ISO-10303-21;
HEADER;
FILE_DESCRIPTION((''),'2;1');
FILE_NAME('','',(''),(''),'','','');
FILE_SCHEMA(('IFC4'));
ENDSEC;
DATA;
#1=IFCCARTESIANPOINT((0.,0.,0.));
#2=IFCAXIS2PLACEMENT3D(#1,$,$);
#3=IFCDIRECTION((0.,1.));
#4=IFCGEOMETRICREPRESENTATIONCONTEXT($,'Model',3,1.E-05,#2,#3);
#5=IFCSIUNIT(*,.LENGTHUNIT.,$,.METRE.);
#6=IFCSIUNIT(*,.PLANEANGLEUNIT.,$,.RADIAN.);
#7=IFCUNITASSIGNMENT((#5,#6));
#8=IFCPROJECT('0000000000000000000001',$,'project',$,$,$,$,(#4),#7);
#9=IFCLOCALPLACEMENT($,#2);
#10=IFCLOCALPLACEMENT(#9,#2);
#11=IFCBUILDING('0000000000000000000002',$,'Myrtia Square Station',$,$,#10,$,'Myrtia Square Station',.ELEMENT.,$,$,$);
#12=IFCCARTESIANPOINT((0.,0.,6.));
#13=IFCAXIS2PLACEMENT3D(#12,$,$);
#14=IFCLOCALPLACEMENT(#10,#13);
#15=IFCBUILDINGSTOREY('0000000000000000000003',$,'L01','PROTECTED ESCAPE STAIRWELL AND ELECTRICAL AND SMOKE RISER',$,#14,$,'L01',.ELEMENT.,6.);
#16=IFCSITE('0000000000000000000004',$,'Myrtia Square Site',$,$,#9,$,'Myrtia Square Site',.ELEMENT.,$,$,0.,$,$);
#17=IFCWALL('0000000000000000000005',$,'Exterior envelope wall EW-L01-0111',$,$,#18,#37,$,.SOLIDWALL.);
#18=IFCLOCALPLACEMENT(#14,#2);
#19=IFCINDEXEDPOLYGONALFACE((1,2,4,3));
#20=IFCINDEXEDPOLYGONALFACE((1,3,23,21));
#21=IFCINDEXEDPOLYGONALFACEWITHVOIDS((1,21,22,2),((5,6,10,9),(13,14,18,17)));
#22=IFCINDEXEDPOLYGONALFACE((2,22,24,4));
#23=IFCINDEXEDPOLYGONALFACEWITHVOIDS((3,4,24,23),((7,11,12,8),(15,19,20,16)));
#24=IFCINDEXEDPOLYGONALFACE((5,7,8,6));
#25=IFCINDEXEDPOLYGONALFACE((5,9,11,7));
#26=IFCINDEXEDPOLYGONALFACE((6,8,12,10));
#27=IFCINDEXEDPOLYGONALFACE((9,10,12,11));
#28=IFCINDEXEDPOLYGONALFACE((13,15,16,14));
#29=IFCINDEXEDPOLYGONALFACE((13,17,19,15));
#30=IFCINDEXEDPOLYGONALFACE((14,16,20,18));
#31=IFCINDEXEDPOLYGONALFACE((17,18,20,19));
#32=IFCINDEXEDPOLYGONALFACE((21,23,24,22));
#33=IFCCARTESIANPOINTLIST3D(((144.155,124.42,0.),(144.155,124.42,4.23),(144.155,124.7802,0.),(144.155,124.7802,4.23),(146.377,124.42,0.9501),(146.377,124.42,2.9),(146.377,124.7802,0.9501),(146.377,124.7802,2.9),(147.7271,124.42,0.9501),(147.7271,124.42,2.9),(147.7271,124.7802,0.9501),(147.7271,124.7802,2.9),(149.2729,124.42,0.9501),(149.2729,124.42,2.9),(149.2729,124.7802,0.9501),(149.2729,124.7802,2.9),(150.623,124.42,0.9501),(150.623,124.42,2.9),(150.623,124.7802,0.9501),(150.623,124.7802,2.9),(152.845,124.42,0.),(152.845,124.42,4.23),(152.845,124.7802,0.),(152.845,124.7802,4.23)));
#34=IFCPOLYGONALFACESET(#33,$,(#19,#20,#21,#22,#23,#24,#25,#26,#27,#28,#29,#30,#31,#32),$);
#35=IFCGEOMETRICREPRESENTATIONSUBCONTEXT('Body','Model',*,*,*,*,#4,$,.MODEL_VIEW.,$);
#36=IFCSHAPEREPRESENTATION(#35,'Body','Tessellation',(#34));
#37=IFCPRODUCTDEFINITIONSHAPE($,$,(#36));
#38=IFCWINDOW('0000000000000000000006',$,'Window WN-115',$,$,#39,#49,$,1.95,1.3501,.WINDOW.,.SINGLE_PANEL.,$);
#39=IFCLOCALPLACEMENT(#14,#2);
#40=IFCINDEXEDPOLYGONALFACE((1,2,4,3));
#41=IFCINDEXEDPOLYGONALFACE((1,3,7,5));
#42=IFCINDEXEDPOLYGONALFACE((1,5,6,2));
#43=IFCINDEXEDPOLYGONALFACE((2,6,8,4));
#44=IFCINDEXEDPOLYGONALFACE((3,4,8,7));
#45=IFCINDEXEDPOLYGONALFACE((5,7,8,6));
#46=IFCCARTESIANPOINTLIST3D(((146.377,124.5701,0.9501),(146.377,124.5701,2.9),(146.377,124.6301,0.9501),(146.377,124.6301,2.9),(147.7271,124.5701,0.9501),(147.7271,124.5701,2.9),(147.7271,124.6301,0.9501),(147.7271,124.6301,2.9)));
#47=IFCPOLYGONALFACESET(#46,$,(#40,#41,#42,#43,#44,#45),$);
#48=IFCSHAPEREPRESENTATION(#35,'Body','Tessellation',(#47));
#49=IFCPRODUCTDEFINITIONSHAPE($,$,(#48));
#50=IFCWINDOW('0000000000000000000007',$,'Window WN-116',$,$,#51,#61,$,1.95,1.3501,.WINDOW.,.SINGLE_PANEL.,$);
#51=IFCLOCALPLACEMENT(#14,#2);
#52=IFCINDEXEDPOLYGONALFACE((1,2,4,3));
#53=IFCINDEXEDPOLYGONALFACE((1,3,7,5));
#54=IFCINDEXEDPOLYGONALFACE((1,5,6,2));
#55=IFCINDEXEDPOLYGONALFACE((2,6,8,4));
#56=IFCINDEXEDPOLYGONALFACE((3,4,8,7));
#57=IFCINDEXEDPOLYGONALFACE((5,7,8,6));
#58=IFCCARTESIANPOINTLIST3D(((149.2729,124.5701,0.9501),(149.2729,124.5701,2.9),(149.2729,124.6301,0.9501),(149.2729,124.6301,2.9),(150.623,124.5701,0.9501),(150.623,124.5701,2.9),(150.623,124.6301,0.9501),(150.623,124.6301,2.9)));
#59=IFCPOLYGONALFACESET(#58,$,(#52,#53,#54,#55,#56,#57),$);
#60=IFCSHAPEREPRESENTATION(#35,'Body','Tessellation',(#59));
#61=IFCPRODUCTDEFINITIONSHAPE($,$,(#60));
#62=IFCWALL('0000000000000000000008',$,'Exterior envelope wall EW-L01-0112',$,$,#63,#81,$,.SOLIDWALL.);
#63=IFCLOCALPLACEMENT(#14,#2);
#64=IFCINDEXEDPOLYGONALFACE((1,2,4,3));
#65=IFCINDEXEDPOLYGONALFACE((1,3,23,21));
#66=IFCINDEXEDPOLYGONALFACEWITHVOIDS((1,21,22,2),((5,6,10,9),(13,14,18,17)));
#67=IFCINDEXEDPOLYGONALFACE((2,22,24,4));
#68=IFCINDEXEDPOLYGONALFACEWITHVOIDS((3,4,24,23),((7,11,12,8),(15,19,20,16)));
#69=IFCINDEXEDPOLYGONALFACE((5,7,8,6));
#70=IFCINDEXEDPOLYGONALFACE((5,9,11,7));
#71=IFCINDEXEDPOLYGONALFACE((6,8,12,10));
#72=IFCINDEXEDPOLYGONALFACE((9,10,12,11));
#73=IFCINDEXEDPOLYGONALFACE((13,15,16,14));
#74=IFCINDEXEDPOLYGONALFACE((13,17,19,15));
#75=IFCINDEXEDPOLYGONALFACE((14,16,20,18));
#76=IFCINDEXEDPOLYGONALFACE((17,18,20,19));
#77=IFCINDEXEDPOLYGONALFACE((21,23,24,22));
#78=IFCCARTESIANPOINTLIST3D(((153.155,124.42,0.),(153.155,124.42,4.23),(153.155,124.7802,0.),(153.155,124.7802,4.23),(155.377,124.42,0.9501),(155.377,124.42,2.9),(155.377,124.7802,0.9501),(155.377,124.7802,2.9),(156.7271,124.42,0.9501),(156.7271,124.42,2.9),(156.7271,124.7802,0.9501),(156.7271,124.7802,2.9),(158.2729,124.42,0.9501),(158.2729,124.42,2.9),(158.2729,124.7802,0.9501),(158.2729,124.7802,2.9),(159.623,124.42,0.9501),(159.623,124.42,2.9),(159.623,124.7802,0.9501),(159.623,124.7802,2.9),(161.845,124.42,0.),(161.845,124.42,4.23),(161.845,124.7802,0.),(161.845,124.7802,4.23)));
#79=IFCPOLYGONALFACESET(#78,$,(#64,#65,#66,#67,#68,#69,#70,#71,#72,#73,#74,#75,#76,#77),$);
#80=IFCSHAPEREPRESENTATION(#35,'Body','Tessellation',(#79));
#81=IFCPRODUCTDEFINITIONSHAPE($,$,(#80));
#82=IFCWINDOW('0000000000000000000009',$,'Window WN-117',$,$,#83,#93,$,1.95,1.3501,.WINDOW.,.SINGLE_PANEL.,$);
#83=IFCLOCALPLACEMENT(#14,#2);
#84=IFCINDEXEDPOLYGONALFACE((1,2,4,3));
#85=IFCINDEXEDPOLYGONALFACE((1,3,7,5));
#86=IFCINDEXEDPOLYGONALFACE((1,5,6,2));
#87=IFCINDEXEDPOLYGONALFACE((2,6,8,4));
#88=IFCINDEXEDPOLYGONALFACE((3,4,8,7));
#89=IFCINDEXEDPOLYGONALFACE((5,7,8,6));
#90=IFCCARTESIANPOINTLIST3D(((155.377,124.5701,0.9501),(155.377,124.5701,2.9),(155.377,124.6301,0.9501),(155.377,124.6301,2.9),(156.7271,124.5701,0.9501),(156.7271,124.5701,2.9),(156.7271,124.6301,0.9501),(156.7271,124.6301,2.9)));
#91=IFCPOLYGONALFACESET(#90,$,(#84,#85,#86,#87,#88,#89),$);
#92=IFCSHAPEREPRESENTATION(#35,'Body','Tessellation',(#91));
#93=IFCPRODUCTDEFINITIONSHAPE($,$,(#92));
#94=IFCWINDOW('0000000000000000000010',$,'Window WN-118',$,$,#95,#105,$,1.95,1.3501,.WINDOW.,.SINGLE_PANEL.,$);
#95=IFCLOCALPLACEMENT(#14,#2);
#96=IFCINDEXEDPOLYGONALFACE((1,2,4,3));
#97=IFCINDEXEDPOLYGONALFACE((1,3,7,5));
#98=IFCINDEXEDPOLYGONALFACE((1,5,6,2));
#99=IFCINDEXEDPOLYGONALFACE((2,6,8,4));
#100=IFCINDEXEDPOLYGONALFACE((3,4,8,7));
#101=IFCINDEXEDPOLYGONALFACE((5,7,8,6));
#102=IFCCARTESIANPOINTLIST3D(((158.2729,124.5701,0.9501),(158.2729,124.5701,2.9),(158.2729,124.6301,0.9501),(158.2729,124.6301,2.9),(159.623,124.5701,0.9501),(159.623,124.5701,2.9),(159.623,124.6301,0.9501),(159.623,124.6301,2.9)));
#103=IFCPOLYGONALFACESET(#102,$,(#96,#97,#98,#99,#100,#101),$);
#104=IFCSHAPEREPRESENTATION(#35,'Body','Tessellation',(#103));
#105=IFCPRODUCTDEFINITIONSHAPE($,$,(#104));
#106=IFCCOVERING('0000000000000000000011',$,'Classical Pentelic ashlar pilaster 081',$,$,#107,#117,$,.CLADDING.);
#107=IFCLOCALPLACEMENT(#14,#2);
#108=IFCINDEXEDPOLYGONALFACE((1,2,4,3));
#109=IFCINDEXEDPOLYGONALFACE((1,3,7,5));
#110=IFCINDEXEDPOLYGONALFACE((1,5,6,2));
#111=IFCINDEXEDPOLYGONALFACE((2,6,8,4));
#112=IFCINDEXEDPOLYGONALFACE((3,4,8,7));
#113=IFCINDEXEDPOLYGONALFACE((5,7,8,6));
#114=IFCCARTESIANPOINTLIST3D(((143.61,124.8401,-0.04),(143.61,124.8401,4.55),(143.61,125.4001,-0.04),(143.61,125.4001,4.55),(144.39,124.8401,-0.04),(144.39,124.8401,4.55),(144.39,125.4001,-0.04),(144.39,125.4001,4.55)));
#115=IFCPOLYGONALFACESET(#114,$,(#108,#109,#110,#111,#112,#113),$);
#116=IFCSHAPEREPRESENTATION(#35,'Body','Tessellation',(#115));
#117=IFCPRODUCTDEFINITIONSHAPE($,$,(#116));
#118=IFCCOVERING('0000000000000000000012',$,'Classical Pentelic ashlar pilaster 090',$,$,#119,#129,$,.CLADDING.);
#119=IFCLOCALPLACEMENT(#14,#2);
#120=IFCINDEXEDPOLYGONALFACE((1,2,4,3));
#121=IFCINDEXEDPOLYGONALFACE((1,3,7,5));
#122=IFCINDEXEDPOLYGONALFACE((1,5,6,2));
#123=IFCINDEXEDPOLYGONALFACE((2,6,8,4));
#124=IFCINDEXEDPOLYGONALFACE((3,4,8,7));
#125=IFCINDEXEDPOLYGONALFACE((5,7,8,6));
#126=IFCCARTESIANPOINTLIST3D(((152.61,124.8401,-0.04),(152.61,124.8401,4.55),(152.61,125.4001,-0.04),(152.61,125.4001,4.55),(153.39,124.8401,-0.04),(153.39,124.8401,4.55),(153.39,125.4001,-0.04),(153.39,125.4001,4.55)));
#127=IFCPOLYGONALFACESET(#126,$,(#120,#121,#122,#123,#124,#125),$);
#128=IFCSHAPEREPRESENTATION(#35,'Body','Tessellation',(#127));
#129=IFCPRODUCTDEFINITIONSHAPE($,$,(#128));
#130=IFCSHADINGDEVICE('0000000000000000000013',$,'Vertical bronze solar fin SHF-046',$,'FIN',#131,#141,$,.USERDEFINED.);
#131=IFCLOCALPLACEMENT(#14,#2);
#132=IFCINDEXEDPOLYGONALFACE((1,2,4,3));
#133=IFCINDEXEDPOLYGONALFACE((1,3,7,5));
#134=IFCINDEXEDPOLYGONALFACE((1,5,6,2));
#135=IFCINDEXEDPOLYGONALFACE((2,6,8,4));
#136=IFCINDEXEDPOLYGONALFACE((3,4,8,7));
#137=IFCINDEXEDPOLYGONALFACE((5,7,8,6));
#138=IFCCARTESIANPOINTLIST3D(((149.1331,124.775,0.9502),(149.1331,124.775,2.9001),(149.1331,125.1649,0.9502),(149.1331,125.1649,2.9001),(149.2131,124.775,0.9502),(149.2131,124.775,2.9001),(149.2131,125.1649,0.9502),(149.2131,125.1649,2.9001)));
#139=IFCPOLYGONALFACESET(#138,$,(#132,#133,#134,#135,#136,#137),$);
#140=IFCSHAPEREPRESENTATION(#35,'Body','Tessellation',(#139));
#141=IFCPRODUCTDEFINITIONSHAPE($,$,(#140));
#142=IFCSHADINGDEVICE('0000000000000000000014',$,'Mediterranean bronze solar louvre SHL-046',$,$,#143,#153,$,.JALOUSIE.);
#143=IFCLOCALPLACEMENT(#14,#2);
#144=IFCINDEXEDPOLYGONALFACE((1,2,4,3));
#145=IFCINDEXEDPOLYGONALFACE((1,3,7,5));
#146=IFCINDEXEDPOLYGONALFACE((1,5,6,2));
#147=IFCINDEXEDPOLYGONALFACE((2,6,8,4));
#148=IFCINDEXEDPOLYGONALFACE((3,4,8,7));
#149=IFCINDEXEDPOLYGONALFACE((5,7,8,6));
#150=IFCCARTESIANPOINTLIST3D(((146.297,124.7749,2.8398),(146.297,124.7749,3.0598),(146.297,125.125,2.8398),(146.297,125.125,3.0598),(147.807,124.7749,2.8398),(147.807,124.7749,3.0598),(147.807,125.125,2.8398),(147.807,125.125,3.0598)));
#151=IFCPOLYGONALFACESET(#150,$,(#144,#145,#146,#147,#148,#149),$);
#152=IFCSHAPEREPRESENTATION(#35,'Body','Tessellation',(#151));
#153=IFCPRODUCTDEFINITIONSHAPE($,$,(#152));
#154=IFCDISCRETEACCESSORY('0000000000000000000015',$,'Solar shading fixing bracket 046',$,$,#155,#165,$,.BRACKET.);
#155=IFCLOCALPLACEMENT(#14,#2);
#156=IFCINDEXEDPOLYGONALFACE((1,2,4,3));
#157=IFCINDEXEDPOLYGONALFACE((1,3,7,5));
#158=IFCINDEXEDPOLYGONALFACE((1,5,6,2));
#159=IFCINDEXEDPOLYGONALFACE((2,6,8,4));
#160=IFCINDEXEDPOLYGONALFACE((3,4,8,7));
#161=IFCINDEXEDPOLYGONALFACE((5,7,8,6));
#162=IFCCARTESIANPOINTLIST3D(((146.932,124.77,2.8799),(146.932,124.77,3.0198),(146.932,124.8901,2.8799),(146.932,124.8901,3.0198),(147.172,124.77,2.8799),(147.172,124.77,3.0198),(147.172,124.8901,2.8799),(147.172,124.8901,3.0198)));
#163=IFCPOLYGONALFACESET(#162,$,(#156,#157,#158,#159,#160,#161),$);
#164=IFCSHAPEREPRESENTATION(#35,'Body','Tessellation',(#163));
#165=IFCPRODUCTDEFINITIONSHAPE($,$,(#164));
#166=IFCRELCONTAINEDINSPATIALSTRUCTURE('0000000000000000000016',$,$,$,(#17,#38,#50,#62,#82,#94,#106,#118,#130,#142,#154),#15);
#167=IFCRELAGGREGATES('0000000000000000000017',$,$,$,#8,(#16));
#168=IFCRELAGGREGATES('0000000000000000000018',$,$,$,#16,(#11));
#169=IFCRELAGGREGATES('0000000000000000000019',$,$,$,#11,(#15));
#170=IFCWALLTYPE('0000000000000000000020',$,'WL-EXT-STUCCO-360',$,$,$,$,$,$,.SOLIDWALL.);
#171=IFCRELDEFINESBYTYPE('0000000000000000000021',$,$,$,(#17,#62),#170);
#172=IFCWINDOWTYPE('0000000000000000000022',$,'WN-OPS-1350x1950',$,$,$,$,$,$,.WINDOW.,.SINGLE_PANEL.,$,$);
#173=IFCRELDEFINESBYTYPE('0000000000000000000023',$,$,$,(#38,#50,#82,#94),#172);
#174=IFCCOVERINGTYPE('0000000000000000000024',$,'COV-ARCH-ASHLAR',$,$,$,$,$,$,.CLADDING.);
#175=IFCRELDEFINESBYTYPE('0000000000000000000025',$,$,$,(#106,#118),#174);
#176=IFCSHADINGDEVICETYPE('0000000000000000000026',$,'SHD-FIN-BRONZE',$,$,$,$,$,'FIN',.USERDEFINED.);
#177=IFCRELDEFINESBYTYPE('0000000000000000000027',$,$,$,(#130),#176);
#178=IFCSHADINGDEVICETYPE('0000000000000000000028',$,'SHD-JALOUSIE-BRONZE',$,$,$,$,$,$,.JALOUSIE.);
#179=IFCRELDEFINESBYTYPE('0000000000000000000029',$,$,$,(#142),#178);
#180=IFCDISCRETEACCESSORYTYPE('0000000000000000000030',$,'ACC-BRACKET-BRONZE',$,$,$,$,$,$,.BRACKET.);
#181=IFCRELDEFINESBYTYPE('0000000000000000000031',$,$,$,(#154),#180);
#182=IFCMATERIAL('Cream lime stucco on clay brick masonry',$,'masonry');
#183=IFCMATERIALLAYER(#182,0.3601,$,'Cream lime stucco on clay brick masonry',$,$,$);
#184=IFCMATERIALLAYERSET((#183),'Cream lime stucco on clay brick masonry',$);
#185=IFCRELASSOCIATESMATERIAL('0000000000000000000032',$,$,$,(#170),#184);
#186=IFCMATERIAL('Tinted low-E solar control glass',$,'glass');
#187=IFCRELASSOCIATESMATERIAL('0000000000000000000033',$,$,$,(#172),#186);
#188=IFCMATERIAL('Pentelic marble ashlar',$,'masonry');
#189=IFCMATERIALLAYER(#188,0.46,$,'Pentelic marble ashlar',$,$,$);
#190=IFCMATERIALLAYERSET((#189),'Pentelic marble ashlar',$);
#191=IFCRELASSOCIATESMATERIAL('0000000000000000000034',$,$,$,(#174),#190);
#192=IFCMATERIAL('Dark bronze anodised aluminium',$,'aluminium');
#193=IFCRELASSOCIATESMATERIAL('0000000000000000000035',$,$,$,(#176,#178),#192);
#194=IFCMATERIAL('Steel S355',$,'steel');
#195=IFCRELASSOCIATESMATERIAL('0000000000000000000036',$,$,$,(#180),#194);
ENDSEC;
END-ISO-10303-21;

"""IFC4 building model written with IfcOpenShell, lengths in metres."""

from ifc_helpers import new_model, si_unit, direction, frame, frame_2d, origin, origin_2d, place, context, subcontext, project, spatial, rectangle, extrude, material, layer, layer_set, type_object, element, fill, save


model = new_model("IFC4")

# Units and contexts
model_context = context("Model", 3, precision=1e-05, world=origin(), true_north=direction((0.0, 1.0)))
body_context = subcontext(model_context, "Body", "Model", "MODEL_VIEW")
ifc_project = project(units=[si_unit("LENGTHUNIT", "METRE"), si_unit("PLANEANGLEUNIT", "RADIAN")], contexts=[model_context])

# Site, building, storey
site_placement = place(None, origin())
site = spatial("IfcSite", under=ifc_project, at=site_placement, Name="Myrtia Square Site", LongName="Myrtia Square Site", CompositionType="ELEMENT", RefElevation=0.0)
building_placement = place(site_placement, origin())
building = spatial("IfcBuilding", under=site, at=building_placement, Name="Myrtia Square Station", LongName="Myrtia Square Station", CompositionType="ELEMENT")
storey_placement = place(building_placement, frame((0.0, 0.0, 6.0)))
storey = spatial("IfcBuildingStorey", under=building, at=storey_placement, Name="L01", Description="PROTECTED ESCAPE STAIRWELL AND ELECTRICAL AND SMOKE RISER", LongName="L01", CompositionType="ELEMENT", Elevation=6.0)

# Shared definitions
ifc_material_1 = material(Name="Steel S355", Category="steel")

# Walls, openings, windows
ifc_material_2 = material(Name="Cream lime stucco on clay brick masonry", Category="masonry")
ifc_layer_1 = layer(ifc_material_2, 0.3601, Name="Cream lime stucco on clay brick masonry")
ifc_layer_set_1 = layer_set([ifc_layer_1], Name="Cream lime stucco on clay brick masonry")
wall_type = type_object("IfcWallType", Name="WL-EXT-STUCCO-360", PredefinedType="SOLIDWALL", material=ifc_layer_set_1)
wall_1_placement = place(storey_placement, frame((144.155, 124.6001, 0.0), z_axis=(0.0, 0.0, 1.0), x_axis=(1.0, 0.0, 0.0)))
wall_1 = element("IfcWall", 1, at=wall_1_placement, inside=storey, type_object=wall_type, Name="Exterior envelope wall EW-L01-0111", PredefinedType="SOLIDWALL", context=body_context, shape_type="SweptSolid", body=[
    extrude(rectangle(XDim=8.6899, YDim=0.3601, at=frame_2d((4.345, 0.0))), origin(), (0.0, 0.0, 1.0), 4.23),
])
opening_1_placement = place(wall_1_placement, frame((2.2219, 0.0, 0.95)))
opening_1 = element("IfcOpeningElement", 2, at=opening_1_placement, cuts=wall_1, PredefinedType="OPENING", context=body_context, shape_type="SweptSolid", body=[
    extrude(rectangle(XDim=1.3501, YDim=1.95, at=frame_2d((0.675, 0.9751))), frame((0.0, 0.1951, 0.0), z_axis=(0.0, -1.0, 0.0), x_axis=(1.0, 0.0, 0.0)), (0.0, 0.0, 1.0), 0.3901),
])
opening_2_placement = place(wall_1_placement, frame((5.1179, 0.0, 0.95)))
opening_2 = element("IfcOpeningElement", 3, at=opening_2_placement, cuts=wall_1, PredefinedType="OPENING", context=body_context, shape_type="SweptSolid", body=[
    extrude(rectangle(XDim=1.3501, YDim=1.95, at=frame_2d((0.675, 0.9751))), frame((0.0, 0.1951, 0.0), z_axis=(0.0, -1.0, 0.0), x_axis=(1.0, 0.0, 0.0)), (0.0, 0.0, 1.0), 0.3901),
])
ifc_material_3 = material(Name="Tinted low-E solar control glass", Category="glass")
window_type = type_object("IfcWindowType", Name="WN-OPS-1350x1950", PartitioningType="SINGLE_PANEL", PredefinedType="WINDOW", material=ifc_material_3)
window_1_placement = place(opening_1_placement, origin())
window_1 = element("IfcWindow", 4, at=window_1_placement, inside=storey, type_object=window_type, Name="Window WN-115", OverallHeight=1.95, OverallWidth=1.3501, PartitioningType="SINGLE_PANEL", PredefinedType="WINDOW", context=body_context, shape_type="SweptSolid", body=[
    extrude(rectangle(XDim=1.3501, YDim=1.95, at=frame_2d((0.675, 0.9751))), frame((0.0, 0.03, 0.0), z_axis=(0.0, -1.0, 0.0), x_axis=(1.0, 0.0, 0.0)), (0.0, 0.0, 1.0), 0.0601),
])
fill(opening_1, window_1)
window_2_placement = place(opening_2_placement, origin())
window_2 = element("IfcWindow", 5, at=window_2_placement, inside=storey, type_object=window_type, Name="Window WN-116", OverallHeight=1.95, OverallWidth=1.3501, PartitioningType="SINGLE_PANEL", PredefinedType="WINDOW", context=body_context, shape_type="SweptSolid", body=[
    extrude(rectangle(XDim=1.3501, YDim=1.95, at=frame_2d((0.675, 0.9751))), frame((0.0, 0.03, 0.0), z_axis=(0.0, -1.0, 0.0), x_axis=(1.0, 0.0, 0.0)), (0.0, 0.0, 1.0), 0.0601),
])
fill(opening_2, window_2)
wall_2_placement = place(storey_placement, frame((153.155, 124.6001, 0.0), z_axis=(0.0, 0.0, 1.0), x_axis=(1.0, 0.0, 0.0)))
wall_2 = element("IfcWall", 6, at=wall_2_placement, inside=storey, type_object=wall_type, Name="Exterior envelope wall EW-L01-0112", PredefinedType="SOLIDWALL", context=body_context, shape_type="SweptSolid", body=[
    extrude(rectangle(XDim=8.6899, YDim=0.3601, at=frame_2d((4.345, 0.0))), origin(), (0.0, 0.0, 1.0), 4.23),
])
opening_3_placement = place(wall_2_placement, frame((2.2219, 0.0, 0.95)))
opening_3 = element("IfcOpeningElement", 7, at=opening_3_placement, cuts=wall_2, PredefinedType="OPENING", context=body_context, shape_type="SweptSolid", body=[
    extrude(rectangle(XDim=1.3501, YDim=1.95, at=frame_2d((0.675, 0.9751))), frame((0.0, 0.1951, 0.0), z_axis=(0.0, -1.0, 0.0), x_axis=(1.0, 0.0, 0.0)), (0.0, 0.0, 1.0), 0.3901),
])
opening_4_placement = place(wall_2_placement, frame((5.1179, 0.0, 0.95)))
opening_4 = element("IfcOpeningElement", 8, at=opening_4_placement, cuts=wall_2, PredefinedType="OPENING", context=body_context, shape_type="SweptSolid", body=[
    extrude(rectangle(XDim=1.3501, YDim=1.95, at=frame_2d((0.675, 0.9751))), frame((0.0, 0.1951, 0.0), z_axis=(0.0, -1.0, 0.0), x_axis=(1.0, 0.0, 0.0)), (0.0, 0.0, 1.0), 0.3901),
])
window_3_placement = place(opening_3_placement, origin())
window_3 = element("IfcWindow", 9, at=window_3_placement, inside=storey, type_object=window_type, Name="Window WN-117", OverallHeight=1.95, OverallWidth=1.3501, PartitioningType="SINGLE_PANEL", PredefinedType="WINDOW", context=body_context, shape_type="SweptSolid", body=[
    extrude(rectangle(XDim=1.3501, YDim=1.95, at=frame_2d((0.675, 0.9751))), frame((0.0, 0.03, 0.0), z_axis=(0.0, -1.0, 0.0), x_axis=(1.0, 0.0, 0.0)), (0.0, 0.0, 1.0), 0.0601),
])
fill(opening_3, window_3)
window_4_placement = place(opening_4_placement, origin())
window_4 = element("IfcWindow", 10, at=window_4_placement, inside=storey, type_object=window_type, Name="Window WN-118", OverallHeight=1.95, OverallWidth=1.3501, PartitioningType="SINGLE_PANEL", PredefinedType="WINDOW", context=body_context, shape_type="SweptSolid", body=[
    extrude(rectangle(XDim=1.3501, YDim=1.95, at=frame_2d((0.675, 0.9751))), frame((0.0, 0.03, 0.0), z_axis=(0.0, -1.0, 0.0), x_axis=(1.0, 0.0, 0.0)), (0.0, 0.0, 1.0), 0.0601),
])
fill(opening_4, window_4)

# Coverings
ifc_material_4 = material(Name="Pentelic marble ashlar", Category="masonry")
ifc_layer_2 = layer(ifc_material_4, 0.46, Name="Pentelic marble ashlar")
ifc_layer_set_2 = layer_set([ifc_layer_2], Name="Pentelic marble ashlar")
covering_type = type_object("IfcCoveringType", Name="COV-ARCH-ASHLAR", PredefinedType="CLADDING", material=ifc_layer_set_2)
for number, where, z_axis, x_axis, name in (
    (11, (144.0, 125.1201, -0.04), (0.0, 0.0, 1.0), (1.0, 0.0, 0.0), "Classical Pentelic ashlar pilaster 081"),
    (12, (153.0, 125.1201, -0.04), (0.0, 0.0, 1.0), (1.0, 0.0, 0.0), "Classical Pentelic ashlar pilaster 090"),
):
    element("IfcCovering", number, at=place(storey_placement, frame(where, z_axis=z_axis, x_axis=x_axis)), inside=storey, type_object=covering_type, Name=name, PredefinedType="CLADDING", context=body_context, shape_type="SweptSolid", body=[
        extrude(rectangle(XDim=0.78, YDim=0.5601, at=origin_2d()), origin(), (0.0, 0.0, 1.0), 4.5901),
    ])

# Shading devices
ifc_material_5 = material(Name="Dark bronze anodised aluminium", Category="aluminium")
shading_device_type_1 = type_object("IfcShadingDeviceType", Name="SHD-FIN-BRONZE", ElementType="FIN", PredefinedType="USERDEFINED", material=ifc_material_5)
shading_device_1_placement = place(storey_placement, frame((149.1731, 124.97, 0.9502), z_axis=(0.0, 0.0, 1.0), x_axis=(1.0, 0.0, 0.0)))
element("IfcShadingDevice", 13, at=shading_device_1_placement, inside=storey, type_object=shading_device_type_1, Name="Vertical bronze solar fin SHF-046", ObjectType="FIN", PredefinedType="USERDEFINED", context=body_context, shape_type="SweptSolid", body=[
    extrude(rectangle(XDim=0.0801, YDim=0.3899, at=origin_2d()), origin(), (0.0, 0.0, 1.0), 1.95),
])
shading_device_type_2 = type_object("IfcShadingDeviceType", Name="SHD-JALOUSIE-BRONZE", PredefinedType="JALOUSIE", material=ifc_material_5)
shading_device_2_placement = place(storey_placement, frame((147.052, 124.95, 2.8398), z_axis=(0.0, 0.0, 1.0), x_axis=(1.0, 0.0, 0.0)))
element("IfcShadingDevice", 14, at=shading_device_2_placement, inside=storey, type_object=shading_device_type_2, Name="Mediterranean bronze solar louvre SHL-046", PredefinedType="JALOUSIE", context=body_context, shape_type="SweptSolid", body=[
    extrude(rectangle(XDim=1.51, YDim=0.3501, at=origin_2d()), origin(), (0.0, 0.0, 1.0), 0.22),
])

# Discrete accessory
discrete_accessory_type = type_object("IfcDiscreteAccessoryType", Name="ACC-BRACKET-BRONZE", PredefinedType="BRACKET", material=ifc_material_1)
discrete_accessory_placement = place(storey_placement, frame((147.052, 124.8301, 2.8799), z_axis=(0.0, 0.0, 1.0), x_axis=(1.0, 0.0, 0.0)))
element("IfcDiscreteAccessory", 15, at=discrete_accessory_placement, inside=storey, type_object=discrete_accessory_type, Name="Solar shading fixing bracket 046", PredefinedType="BRACKET", context=body_context, shape_type="SweptSolid", body=[
    extrude(rectangle(XDim=0.24, YDim=0.1201, at=origin_2d()), origin(), (0.0, 0.0, 1.0), 0.1399),
])

save(model, "model.ifc")
